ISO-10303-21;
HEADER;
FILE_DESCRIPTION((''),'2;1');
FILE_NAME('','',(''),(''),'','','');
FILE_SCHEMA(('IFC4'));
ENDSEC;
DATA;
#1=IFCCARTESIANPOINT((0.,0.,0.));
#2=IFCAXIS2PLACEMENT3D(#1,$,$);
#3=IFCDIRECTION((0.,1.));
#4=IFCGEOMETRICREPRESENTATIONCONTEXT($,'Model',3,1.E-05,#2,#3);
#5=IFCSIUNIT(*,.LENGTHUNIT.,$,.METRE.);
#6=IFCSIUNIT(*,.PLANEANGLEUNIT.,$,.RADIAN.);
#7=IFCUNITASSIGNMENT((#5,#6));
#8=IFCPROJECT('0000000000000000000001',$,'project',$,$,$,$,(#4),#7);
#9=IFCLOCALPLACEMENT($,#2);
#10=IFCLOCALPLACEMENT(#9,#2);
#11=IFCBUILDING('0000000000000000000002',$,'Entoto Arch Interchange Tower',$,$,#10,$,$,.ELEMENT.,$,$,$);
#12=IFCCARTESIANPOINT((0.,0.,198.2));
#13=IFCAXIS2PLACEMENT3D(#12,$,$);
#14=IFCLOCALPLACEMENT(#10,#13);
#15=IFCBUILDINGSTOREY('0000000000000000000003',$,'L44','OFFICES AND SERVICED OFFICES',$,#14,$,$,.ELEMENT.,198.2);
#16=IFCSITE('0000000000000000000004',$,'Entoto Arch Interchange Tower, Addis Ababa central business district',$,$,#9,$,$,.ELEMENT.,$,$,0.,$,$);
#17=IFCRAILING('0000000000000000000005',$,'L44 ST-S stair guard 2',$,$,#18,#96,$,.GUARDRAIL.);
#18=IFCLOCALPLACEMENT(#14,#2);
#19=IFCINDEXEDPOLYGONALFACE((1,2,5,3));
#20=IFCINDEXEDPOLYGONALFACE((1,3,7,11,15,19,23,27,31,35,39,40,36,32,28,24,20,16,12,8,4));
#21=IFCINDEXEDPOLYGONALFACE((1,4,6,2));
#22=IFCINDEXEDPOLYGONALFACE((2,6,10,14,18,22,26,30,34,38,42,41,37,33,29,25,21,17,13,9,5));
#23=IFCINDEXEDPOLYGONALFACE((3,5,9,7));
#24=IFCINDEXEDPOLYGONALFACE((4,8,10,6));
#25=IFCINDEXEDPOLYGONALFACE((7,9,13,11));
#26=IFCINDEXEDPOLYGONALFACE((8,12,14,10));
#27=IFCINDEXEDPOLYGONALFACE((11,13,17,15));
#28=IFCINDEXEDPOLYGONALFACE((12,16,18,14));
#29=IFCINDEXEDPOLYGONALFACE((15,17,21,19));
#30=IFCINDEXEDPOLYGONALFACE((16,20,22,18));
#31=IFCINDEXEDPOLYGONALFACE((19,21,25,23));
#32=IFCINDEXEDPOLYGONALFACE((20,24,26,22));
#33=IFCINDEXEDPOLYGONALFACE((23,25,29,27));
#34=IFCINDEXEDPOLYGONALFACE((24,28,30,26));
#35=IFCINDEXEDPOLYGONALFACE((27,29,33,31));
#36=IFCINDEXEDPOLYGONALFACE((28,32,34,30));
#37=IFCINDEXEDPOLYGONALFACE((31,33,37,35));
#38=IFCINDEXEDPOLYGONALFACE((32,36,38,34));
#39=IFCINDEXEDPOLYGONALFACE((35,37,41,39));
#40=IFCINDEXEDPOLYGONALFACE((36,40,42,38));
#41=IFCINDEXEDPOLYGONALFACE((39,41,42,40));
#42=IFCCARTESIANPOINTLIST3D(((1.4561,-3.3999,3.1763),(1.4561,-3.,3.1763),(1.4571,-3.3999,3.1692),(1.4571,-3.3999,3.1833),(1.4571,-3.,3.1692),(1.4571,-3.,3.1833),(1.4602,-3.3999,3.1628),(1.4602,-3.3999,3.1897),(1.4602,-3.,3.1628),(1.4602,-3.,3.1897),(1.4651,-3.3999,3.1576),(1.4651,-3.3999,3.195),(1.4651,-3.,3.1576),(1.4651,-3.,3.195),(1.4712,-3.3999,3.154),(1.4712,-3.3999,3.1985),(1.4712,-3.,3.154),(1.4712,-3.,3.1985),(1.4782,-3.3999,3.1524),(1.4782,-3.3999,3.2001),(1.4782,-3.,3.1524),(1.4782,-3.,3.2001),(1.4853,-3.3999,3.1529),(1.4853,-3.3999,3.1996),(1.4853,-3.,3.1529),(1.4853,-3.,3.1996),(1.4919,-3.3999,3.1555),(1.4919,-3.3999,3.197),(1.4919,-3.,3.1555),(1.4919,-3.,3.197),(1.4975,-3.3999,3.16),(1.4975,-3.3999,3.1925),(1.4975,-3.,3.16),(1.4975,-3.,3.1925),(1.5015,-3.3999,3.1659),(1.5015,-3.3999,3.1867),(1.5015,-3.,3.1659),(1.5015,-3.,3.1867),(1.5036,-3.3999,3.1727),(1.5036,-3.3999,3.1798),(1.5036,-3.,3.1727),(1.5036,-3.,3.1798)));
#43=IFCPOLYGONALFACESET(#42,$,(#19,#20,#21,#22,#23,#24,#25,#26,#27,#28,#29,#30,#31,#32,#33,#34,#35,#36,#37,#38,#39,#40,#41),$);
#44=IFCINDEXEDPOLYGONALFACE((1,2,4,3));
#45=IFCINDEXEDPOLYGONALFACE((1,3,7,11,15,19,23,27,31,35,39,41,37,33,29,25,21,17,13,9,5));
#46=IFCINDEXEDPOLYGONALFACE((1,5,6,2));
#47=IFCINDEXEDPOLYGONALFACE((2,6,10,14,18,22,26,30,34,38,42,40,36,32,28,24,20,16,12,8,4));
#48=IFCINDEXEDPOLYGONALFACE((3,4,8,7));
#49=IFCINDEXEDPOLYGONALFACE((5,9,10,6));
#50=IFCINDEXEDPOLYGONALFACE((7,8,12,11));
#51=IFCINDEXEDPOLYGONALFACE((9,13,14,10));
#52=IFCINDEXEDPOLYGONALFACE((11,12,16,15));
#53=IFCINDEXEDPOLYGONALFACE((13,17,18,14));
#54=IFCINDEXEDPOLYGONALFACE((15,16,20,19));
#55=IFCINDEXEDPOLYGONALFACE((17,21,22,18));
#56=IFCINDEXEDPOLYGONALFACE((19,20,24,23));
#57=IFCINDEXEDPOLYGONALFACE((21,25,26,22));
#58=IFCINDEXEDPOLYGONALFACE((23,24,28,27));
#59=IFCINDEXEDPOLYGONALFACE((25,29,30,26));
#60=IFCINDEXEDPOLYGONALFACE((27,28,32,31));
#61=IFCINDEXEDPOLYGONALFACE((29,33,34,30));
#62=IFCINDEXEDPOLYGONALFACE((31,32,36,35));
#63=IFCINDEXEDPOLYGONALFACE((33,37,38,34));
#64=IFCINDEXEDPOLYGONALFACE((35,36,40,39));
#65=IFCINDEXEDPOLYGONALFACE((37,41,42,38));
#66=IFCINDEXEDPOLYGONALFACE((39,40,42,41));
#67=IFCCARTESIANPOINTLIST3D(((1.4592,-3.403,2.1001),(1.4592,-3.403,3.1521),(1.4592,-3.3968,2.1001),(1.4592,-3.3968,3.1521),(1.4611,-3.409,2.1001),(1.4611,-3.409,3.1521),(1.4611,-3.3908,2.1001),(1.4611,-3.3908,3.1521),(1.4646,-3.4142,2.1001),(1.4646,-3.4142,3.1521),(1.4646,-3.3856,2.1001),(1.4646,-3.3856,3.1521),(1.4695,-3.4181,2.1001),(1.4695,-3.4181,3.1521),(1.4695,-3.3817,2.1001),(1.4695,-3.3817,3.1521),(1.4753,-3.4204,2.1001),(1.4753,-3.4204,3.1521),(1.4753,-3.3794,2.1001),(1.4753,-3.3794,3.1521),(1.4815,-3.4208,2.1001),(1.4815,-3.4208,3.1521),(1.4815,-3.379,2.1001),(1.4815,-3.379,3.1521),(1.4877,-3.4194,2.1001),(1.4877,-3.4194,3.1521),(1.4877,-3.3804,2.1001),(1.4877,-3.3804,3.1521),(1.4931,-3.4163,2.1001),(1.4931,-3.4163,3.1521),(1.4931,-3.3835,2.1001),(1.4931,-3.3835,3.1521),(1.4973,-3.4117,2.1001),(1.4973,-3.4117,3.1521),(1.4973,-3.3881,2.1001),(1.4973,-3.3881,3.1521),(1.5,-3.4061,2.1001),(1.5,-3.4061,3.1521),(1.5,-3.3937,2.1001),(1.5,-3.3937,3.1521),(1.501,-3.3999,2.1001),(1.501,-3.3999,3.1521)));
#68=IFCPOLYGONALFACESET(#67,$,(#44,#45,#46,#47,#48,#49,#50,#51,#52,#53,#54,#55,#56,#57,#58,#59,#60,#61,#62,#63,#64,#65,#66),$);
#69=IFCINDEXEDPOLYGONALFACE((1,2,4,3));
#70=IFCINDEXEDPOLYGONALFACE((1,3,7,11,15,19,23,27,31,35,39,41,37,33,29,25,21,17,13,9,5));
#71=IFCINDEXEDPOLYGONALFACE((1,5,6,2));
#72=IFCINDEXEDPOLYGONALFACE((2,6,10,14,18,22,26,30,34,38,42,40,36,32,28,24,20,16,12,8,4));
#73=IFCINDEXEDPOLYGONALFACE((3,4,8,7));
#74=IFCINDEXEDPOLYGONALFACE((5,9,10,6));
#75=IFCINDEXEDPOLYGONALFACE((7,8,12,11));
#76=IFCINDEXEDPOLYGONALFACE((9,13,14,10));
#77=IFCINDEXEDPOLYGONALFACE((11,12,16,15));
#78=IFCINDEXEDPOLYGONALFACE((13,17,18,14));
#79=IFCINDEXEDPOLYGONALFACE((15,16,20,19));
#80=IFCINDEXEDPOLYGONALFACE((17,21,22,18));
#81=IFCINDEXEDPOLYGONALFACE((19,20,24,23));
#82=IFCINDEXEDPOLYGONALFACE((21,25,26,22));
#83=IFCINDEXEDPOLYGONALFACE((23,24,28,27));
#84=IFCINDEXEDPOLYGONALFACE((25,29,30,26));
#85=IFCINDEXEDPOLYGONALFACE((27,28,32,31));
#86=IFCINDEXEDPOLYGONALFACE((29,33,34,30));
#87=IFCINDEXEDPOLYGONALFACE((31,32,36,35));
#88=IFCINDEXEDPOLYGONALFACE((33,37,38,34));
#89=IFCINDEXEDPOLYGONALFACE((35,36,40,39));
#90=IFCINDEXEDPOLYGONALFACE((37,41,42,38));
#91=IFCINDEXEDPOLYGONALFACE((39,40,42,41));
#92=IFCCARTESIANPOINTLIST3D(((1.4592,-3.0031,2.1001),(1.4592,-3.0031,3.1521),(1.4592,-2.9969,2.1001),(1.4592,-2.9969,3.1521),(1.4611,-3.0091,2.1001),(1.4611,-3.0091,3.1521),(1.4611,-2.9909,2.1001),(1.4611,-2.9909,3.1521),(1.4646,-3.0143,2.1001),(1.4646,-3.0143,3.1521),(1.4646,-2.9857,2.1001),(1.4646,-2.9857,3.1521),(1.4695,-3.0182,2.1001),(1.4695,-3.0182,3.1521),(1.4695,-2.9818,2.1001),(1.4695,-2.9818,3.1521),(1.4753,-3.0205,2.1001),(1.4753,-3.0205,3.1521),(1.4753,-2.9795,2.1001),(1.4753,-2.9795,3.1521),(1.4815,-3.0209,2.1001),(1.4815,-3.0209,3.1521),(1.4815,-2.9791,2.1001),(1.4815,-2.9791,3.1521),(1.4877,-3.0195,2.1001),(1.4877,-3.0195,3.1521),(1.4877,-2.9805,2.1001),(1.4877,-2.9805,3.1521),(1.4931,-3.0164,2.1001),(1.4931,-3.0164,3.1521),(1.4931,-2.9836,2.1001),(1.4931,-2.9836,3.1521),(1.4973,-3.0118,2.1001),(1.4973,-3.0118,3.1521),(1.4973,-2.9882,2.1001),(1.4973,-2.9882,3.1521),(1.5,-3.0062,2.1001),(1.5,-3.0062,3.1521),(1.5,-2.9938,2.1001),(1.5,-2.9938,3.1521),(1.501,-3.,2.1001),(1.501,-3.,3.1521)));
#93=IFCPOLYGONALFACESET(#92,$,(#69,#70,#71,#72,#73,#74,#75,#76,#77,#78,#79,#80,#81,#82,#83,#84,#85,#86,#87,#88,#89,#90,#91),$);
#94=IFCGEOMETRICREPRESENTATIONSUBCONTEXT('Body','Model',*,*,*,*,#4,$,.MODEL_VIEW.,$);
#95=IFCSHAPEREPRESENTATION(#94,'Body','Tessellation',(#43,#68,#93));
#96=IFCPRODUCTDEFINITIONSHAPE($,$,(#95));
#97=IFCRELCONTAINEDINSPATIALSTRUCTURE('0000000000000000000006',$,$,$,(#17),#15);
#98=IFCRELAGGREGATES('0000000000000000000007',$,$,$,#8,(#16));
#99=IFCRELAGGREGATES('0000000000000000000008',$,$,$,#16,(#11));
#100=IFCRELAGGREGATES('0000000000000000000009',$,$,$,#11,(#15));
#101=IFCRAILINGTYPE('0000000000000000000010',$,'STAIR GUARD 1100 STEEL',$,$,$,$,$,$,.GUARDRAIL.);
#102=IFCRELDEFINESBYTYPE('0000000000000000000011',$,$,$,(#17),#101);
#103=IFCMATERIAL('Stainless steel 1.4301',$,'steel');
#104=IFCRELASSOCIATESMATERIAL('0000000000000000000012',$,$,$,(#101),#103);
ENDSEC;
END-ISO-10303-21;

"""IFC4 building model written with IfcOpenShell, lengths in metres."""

from ifc_helpers import new_model, si_unit, direction, frame, origin, origin_2d, place, context, subcontext, project, spatial, circle, extrude, material, type_object, element, save


model = new_model("IFC4")

# Units and contexts
model_context = context("Model", 3, precision=1e-05, world=origin(), true_north=direction((0.0, 1.0)))
body_context = subcontext(model_context, "Body", "Model", "MODEL_VIEW")
ifc_project = project(units=[si_unit("LENGTHUNIT", "METRE"), si_unit("PLANEANGLEUNIT", "RADIAN")], contexts=[model_context])

# Site, building, storey
site_placement = place(None, origin())
site = spatial("IfcSite", under=ifc_project, at=site_placement, Name="Entoto Arch Interchange Tower, Addis Ababa central business district", CompositionType="ELEMENT", RefElevation=0.0)
building_placement = place(site_placement, origin())
building = spatial("IfcBuilding", under=site, at=building_placement, Name="Entoto Arch Interchange Tower", CompositionType="ELEMENT")
storey_placement = place(building_placement, frame((0.0, 0.0, 198.2)))
storey = spatial("IfcBuildingStorey", under=building, at=storey_placement, Name="L44", Description="OFFICES AND SERVICED OFFICES", CompositionType="ELEMENT", Elevation=198.2)

# Railing
ifc_material_1 = material(Name="Stainless steel 1.4301", Category="steel")
railing_type_1 = type_object("IfcRailingType", Name="STAIR GUARD 1100 STEEL", PredefinedType="GUARDRAIL", material=ifc_material_1)
railing_1_placement = place(storey_placement, frame((1.48, -3.3999, 2.1001)))
element("IfcRailing", 1, at=railing_1_placement, inside=storey, type_object=railing_type_1, Name="L44 ST-S stair guard 2", PredefinedType="GUARDRAIL", context=body_context, shape_type="SweptSolid", body=[
    extrude(circle(Radius=0.0239, at=origin_2d()), frame((0.0, 0.0, 1.0762), z_axis=(0.0, 1.0, 0.0), x_axis=(-1.0, 0.0, 0.0)), (0.0, 0.0, 1.0), 0.3999),
    extrude(circle(Radius=0.021, at=origin_2d()), origin(), (0.0, 0.0, 1.0), 1.052),
    extrude(circle(Radius=0.021, at=origin_2d()), frame((0.0, 0.3999, 0.0)), (0.0, 0.0, 1.0), 1.052),
])

save(model, "model.ifc")
